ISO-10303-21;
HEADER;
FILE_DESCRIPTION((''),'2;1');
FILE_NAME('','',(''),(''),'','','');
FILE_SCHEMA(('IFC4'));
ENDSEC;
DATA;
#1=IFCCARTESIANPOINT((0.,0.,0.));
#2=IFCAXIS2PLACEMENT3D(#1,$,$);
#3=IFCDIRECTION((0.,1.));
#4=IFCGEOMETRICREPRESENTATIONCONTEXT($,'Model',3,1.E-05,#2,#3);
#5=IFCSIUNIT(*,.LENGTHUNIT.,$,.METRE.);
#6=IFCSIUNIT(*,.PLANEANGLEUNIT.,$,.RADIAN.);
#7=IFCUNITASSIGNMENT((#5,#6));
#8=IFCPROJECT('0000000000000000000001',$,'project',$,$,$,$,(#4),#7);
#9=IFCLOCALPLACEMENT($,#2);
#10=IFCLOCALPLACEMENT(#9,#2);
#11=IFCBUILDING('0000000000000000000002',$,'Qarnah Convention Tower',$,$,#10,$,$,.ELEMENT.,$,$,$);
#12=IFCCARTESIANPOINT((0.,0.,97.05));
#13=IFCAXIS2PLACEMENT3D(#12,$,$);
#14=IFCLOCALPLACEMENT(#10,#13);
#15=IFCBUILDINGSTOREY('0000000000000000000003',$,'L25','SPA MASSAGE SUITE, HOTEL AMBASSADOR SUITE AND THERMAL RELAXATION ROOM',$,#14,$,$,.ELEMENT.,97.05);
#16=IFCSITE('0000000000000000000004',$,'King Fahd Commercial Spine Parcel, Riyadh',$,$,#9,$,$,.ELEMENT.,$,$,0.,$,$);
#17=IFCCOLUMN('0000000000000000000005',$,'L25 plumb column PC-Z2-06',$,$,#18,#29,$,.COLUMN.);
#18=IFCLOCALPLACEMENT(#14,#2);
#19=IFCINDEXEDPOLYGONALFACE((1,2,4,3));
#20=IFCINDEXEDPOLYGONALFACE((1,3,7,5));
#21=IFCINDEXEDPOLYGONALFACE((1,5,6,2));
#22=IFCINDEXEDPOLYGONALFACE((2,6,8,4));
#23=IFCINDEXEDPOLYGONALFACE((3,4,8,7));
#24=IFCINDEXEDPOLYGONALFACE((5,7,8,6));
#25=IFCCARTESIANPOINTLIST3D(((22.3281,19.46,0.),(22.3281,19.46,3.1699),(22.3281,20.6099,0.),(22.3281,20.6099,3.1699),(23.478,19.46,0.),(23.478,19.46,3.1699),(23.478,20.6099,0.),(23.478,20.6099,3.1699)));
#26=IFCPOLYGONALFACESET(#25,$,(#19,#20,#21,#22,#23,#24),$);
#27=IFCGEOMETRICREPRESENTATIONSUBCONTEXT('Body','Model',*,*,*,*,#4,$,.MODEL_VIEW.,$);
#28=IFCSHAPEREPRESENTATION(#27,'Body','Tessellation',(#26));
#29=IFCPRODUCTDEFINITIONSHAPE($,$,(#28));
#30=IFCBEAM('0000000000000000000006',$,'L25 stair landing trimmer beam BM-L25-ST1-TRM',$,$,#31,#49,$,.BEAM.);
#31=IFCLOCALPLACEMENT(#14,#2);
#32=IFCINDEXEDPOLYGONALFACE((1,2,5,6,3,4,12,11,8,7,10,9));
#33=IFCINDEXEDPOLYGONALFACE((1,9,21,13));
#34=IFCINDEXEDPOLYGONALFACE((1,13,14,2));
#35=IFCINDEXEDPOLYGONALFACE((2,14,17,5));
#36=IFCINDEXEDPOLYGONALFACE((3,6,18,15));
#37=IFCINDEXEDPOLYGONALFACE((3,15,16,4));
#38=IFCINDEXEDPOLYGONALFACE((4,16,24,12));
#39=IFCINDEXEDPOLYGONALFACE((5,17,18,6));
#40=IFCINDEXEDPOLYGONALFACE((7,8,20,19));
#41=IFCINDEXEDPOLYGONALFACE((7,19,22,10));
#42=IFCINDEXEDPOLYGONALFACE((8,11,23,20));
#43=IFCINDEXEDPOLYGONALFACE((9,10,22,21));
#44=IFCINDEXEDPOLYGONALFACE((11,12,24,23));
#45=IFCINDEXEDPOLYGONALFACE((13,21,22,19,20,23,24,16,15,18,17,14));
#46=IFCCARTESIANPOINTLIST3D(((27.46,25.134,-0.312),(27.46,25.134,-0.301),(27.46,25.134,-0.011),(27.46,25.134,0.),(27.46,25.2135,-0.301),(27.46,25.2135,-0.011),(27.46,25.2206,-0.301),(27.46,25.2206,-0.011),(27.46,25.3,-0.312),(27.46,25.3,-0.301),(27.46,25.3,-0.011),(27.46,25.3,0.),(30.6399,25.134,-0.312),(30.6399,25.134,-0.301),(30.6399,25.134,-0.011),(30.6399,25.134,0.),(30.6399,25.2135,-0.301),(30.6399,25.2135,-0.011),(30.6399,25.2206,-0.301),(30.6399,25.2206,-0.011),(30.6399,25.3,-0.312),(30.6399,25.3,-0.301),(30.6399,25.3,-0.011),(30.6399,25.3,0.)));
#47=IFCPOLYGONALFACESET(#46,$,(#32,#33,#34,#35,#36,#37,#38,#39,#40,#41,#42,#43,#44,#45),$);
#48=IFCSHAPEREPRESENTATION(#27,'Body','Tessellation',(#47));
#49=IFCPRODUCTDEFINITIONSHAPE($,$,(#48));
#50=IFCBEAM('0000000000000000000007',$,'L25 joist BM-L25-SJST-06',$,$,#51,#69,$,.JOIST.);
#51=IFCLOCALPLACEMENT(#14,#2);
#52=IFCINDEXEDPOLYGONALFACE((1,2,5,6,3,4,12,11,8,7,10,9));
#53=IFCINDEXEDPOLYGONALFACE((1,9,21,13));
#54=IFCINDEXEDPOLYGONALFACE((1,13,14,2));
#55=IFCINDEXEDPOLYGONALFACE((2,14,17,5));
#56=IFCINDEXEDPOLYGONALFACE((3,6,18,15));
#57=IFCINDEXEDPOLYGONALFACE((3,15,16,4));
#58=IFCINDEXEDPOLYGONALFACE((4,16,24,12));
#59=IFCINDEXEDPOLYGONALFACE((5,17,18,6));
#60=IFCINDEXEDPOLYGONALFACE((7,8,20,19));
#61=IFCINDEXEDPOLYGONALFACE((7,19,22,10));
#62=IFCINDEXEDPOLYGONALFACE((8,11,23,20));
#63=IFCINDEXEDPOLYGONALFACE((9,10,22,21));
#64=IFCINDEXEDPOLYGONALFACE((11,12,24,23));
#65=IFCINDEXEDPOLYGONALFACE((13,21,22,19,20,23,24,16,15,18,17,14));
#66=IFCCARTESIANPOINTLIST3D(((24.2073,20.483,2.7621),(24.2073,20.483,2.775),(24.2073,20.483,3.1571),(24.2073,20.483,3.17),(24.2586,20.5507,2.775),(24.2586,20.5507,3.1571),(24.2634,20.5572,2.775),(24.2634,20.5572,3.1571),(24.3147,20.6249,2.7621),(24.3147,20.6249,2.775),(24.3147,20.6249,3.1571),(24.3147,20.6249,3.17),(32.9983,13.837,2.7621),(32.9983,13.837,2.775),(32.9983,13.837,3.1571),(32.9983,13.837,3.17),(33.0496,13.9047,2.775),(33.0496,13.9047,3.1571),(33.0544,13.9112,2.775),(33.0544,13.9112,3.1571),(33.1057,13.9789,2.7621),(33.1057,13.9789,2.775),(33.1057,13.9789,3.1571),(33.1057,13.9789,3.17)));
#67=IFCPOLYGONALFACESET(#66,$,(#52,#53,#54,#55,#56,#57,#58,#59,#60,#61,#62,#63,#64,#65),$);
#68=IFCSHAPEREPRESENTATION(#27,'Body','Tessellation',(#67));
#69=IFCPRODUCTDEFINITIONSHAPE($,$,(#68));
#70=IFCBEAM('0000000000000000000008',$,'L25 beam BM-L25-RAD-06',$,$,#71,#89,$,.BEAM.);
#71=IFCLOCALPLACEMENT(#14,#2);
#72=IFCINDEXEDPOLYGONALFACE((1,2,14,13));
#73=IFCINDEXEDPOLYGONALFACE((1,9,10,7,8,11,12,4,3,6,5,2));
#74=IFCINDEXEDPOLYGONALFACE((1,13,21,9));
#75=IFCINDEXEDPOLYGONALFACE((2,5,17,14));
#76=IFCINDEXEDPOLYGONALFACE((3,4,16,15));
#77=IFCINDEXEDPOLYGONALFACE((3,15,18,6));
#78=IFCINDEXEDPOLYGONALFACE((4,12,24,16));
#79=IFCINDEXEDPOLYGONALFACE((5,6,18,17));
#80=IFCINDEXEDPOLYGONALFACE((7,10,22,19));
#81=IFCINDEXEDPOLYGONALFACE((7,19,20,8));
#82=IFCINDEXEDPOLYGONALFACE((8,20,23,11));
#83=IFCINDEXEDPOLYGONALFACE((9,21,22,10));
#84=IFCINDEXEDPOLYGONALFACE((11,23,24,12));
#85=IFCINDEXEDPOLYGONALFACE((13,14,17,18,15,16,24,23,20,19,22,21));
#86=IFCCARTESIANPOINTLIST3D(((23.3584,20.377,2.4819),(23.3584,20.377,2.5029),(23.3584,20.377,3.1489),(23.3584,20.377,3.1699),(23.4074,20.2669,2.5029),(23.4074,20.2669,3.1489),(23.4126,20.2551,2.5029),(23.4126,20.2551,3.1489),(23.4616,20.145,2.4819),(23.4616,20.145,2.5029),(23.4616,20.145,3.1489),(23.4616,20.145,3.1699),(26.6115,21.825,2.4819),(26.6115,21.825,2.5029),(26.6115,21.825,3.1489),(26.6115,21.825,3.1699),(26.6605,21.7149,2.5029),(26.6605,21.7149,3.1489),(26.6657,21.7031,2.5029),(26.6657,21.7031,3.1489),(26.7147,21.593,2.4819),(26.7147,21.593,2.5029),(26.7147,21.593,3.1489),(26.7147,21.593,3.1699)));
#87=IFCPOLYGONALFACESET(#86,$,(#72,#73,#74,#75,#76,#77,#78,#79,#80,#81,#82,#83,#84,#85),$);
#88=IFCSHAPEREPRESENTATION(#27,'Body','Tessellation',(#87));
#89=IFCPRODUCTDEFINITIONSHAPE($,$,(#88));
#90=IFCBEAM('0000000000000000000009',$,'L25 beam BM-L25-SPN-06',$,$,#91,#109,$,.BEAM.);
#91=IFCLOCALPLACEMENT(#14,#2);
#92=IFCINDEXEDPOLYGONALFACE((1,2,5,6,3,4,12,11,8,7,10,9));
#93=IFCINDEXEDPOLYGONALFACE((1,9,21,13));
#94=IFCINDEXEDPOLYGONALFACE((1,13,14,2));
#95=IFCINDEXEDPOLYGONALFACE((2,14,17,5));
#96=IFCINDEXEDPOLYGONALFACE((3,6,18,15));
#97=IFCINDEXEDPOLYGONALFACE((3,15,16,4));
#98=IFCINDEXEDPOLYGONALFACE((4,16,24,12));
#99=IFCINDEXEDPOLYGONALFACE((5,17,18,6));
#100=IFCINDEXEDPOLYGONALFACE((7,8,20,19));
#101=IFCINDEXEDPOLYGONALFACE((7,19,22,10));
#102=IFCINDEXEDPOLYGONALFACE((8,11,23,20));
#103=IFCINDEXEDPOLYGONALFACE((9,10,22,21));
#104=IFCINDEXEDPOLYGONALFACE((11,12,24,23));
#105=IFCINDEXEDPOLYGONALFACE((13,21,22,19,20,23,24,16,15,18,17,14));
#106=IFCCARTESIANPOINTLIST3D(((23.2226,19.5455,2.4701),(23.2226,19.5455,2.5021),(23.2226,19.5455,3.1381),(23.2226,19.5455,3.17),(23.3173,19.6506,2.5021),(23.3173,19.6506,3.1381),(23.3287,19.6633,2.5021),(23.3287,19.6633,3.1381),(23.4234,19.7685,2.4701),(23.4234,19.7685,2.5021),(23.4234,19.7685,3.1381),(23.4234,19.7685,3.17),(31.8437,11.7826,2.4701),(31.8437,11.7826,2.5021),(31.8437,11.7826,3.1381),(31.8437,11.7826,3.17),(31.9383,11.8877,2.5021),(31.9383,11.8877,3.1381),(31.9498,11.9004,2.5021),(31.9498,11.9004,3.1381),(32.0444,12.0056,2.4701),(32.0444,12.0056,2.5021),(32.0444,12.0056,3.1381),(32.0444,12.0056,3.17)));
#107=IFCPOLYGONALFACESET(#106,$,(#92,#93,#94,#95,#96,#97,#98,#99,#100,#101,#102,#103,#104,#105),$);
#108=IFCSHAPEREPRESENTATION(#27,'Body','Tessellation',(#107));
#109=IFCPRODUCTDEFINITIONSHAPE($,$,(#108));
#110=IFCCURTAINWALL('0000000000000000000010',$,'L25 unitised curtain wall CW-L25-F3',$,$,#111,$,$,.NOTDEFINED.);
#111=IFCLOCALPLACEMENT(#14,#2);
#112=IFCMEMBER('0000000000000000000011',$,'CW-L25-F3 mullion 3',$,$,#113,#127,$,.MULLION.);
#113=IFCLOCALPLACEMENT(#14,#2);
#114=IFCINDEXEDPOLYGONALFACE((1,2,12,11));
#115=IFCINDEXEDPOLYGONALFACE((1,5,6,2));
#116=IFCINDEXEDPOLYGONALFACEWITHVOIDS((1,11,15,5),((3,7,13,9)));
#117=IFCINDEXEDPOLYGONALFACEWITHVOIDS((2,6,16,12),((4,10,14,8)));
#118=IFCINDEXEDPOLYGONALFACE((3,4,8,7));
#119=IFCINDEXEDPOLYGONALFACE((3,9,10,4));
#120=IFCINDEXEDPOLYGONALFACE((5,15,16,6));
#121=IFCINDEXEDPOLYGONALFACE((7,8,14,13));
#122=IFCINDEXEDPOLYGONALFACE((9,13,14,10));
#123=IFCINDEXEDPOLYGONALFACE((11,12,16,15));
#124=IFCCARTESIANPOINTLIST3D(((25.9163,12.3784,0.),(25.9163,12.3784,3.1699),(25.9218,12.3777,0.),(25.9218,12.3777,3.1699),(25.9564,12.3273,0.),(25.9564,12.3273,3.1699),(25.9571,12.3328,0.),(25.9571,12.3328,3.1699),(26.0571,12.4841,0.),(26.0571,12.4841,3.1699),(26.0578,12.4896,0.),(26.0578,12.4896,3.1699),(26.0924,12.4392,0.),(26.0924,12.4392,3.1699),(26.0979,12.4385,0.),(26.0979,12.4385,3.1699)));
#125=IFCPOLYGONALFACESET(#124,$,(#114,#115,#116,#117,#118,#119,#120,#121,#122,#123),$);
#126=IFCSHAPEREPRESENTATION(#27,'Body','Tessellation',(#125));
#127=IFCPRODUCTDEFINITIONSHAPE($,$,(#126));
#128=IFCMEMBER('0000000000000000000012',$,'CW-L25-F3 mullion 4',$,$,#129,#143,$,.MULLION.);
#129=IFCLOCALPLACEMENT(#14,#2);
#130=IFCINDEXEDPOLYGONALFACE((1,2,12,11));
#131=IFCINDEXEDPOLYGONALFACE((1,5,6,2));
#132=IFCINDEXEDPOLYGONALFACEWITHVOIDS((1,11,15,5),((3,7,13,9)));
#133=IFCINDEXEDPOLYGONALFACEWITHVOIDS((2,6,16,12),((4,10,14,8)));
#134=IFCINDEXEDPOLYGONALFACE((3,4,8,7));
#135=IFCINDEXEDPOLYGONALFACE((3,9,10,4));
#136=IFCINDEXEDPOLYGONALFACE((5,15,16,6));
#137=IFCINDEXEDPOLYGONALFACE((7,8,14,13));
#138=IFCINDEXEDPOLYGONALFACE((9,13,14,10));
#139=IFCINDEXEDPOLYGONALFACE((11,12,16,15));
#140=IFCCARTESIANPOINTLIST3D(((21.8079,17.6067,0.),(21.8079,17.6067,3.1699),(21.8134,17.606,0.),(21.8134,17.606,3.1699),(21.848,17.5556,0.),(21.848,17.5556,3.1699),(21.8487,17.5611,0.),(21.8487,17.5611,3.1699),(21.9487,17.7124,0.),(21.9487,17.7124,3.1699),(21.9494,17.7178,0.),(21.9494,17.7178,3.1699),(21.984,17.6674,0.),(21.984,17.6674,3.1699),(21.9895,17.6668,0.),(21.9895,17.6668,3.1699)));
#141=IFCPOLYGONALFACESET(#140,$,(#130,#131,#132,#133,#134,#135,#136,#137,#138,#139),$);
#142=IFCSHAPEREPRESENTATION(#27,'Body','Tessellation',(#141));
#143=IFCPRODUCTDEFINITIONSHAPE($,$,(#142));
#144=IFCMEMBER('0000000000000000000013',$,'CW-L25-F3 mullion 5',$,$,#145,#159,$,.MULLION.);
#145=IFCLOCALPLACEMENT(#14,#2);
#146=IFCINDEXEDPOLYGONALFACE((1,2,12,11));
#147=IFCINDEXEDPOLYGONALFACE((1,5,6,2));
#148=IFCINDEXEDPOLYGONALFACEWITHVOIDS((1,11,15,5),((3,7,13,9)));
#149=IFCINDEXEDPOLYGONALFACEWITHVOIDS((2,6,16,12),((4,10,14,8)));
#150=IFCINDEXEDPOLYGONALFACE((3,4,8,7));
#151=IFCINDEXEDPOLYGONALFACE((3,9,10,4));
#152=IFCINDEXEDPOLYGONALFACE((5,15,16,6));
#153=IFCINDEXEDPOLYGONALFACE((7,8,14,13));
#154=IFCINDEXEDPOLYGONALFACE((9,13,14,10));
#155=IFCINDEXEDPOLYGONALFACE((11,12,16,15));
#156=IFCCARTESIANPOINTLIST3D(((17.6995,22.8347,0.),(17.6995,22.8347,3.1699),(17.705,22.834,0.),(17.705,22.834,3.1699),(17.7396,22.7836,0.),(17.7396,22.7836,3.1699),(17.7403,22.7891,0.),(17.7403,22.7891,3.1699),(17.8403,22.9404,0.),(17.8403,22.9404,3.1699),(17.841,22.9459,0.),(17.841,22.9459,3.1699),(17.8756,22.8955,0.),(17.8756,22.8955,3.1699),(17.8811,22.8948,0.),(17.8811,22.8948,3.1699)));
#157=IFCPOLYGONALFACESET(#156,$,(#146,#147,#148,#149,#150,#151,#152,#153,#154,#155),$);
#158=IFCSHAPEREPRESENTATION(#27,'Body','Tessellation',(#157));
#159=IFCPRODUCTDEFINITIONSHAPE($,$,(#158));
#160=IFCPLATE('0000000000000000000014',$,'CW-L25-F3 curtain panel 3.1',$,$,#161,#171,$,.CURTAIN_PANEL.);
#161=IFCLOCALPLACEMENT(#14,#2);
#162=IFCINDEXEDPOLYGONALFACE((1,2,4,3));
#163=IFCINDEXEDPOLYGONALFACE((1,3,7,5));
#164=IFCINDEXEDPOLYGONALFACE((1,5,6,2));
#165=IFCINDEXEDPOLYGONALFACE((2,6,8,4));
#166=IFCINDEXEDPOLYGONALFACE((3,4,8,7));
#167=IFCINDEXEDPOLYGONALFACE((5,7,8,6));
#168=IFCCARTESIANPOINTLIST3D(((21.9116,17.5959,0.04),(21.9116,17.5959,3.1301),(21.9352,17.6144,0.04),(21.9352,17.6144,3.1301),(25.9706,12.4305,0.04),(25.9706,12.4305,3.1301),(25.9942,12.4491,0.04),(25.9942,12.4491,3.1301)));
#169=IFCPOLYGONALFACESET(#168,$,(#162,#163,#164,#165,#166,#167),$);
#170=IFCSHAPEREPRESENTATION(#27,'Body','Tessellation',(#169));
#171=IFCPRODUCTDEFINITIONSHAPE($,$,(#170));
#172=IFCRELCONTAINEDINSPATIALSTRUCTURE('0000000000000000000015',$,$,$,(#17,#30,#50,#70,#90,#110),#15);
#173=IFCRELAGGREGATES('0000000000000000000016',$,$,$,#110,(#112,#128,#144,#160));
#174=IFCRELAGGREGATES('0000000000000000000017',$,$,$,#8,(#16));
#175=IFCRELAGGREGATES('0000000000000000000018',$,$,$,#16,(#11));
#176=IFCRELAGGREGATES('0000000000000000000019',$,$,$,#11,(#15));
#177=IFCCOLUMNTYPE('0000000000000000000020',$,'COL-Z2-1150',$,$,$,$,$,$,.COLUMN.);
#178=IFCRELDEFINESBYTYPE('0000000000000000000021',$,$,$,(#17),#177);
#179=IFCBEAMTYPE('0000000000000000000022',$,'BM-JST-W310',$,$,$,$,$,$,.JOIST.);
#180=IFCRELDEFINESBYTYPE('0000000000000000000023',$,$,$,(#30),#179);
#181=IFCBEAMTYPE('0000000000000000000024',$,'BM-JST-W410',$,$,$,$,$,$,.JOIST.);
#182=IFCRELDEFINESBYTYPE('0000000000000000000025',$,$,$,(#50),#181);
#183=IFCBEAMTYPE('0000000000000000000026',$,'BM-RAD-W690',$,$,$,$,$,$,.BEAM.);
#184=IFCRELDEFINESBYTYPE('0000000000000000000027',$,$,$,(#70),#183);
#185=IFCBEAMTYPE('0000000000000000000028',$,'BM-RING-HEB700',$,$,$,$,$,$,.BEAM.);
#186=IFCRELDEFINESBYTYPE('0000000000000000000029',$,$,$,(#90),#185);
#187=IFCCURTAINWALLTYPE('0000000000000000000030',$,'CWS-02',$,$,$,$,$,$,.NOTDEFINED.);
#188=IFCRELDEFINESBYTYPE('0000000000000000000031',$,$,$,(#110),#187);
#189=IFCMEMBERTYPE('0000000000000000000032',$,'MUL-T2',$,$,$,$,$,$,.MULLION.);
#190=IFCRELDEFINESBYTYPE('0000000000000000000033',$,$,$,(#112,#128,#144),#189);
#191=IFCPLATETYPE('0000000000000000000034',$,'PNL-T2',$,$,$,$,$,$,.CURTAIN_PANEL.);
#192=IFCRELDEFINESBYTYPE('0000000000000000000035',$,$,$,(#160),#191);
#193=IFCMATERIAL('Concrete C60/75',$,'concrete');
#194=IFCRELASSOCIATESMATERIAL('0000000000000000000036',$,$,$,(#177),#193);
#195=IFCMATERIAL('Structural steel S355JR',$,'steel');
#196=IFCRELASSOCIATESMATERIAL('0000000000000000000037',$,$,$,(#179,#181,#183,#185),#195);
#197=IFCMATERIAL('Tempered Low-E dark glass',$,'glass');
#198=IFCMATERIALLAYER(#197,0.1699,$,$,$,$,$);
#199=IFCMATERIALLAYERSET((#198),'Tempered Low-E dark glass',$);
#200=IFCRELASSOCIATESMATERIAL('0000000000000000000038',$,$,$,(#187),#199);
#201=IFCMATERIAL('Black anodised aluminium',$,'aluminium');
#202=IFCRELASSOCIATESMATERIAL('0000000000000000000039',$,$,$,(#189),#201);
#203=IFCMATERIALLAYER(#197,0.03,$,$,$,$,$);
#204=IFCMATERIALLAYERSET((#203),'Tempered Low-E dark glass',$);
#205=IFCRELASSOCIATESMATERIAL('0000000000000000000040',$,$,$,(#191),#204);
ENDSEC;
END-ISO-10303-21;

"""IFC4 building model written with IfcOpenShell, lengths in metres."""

from ifc_helpers import new_model, si_unit, direction, frame, origin, origin_2d, place, context, subcontext, project, spatial, rectangle, hollow_rectangle, i_section, extrude, material, layer, layer_set, material_profile, profile_set, type_object, element, aggregate, save


model = new_model("IFC4")

# Units and contexts
model_context = context("Model", 3, precision=1e-05, world=origin(), true_north=direction((0.0, 1.0)))
body_context = subcontext(model_context, "Body", "Model", "MODEL_VIEW")
ifc_project = project(units=[si_unit("LENGTHUNIT", "METRE"), si_unit("PLANEANGLEUNIT", "RADIAN")], contexts=[model_context])

# Site, building, storey
site_placement = place(None, origin())
site = spatial("IfcSite", under=ifc_project, at=site_placement, Name="King Fahd Commercial Spine Parcel, Riyadh", CompositionType="ELEMENT", RefElevation=0.0)
building_placement = place(site_placement, origin())
building = spatial("IfcBuilding", under=site, at=building_placement, Name="Qarnah Convention Tower", CompositionType="ELEMENT")
storey_placement = place(building_placement, frame((0.0, 0.0, 97.05)))
storey = spatial("IfcBuildingStorey", under=building, at=storey_placement, Name="L25", Description="SPA MASSAGE SUITE, HOTEL AMBASSADOR SUITE AND THERMAL RELAXATION ROOM", CompositionType="ELEMENT", Elevation=97.05)

# Column
ifc_material_1 = material(Name="Concrete C60/75", Category="concrete")
ifc_material_profile_1 = material_profile(ifc_material_1, rectangle(XDim=1.1499, YDim=1.1499, at=origin_2d()), Name="RC-COL-1150X1150")
ifc_profile_set_1 = profile_set([ifc_material_profile_1], Name="Concrete C60/75")
column_type = type_object("IfcColumnType", Name="COL-Z2-1150", PredefinedType="COLUMN", material=ifc_profile_set_1)
column_placement = place(storey_placement, frame((22.9031, 20.0349, 0.0), z_axis=(0.0, 0.0, 1.0), x_axis=(1.0, 0.0, 0.0)))
element("IfcColumn", 1, at=column_placement, inside=storey, type_object=column_type, Name="L25 plumb column PC-Z2-06", PredefinedType="COLUMN", context=body_context, shape_type="SweptSolid", body=[
    extrude(rectangle(XDim=1.1499, YDim=1.1499, at=origin_2d()), origin(), (0.0, 0.0, 1.0), 3.1699),
])

# Beams
ifc_material_2 = material(Name="Structural steel S355JR", Category="steel")
ifc_material_profile_2 = material_profile(ifc_material_2, i_section(OverallWidth=0.166, OverallDepth=0.312, WebThickness=0.0071, FlangeThickness=0.011, at=origin_2d()), Name="W310X45")
ifc_profile_set_2 = profile_set([ifc_material_profile_2], Name="Structural steel S355JR")
beam_type_1 = type_object("IfcBeamType", Name="BM-JST-W310", PredefinedType="JOIST", material=ifc_profile_set_2)
beam_1_placement = place(storey_placement, frame((27.46, 25.217, -0.156), z_axis=(1.0, 0.0, 0.0), x_axis=(0.0, 1.0, 0.0)))
element("IfcBeam", 2, at=beam_1_placement, inside=storey, type_object=beam_type_1, Name="L25 stair landing trimmer beam BM-L25-ST1-TRM", PredefinedType="BEAM", context=body_context, shape_type="SweptSolid", body=[
    extrude(i_section(OverallWidth=0.166, OverallDepth=0.312, WebThickness=0.0071, FlangeThickness=0.011, at=origin_2d()), origin(), (0.0, 0.0, 1.0), 3.1799),
])
ifc_material_profile_3 = material_profile(ifc_material_2, i_section(OverallWidth=0.178, OverallDepth=0.408, WebThickness=0.0081, FlangeThickness=0.0129, at=origin_2d()), Name="W410X60")
ifc_profile_set_3 = profile_set([ifc_material_profile_3], Name="Structural steel S355JR")
beam_type_2 = type_object("IfcBeamType", Name="BM-JST-W410", PredefinedType="JOIST", material=ifc_profile_set_3)
beam_2_placement = place(storey_placement, frame((24.261, 20.554, 2.9661), z_axis=(0.797697, -0.603058, 0.0), x_axis=(0.603058, 0.797697, 0.0)))
element("IfcBeam", 3, at=beam_2_placement, inside=storey, type_object=beam_type_2, Name="L25 joist BM-L25-SJST-06", PredefinedType="JOIST", context=body_context, shape_type="SweptSolid", body=[
    extrude(i_section(OverallWidth=0.178, OverallDepth=0.408, WebThickness=0.0081, FlangeThickness=0.0129, at=origin_2d()), origin(), (0.0, 0.0, 1.0), 11.0205),
])
ifc_material_profile_4 = material_profile(ifc_material_2, i_section(OverallWidth=0.2539, OverallDepth=0.688, WebThickness=0.0129, FlangeThickness=0.021, at=origin_2d()), Name="W690X152")
ifc_profile_set_4 = profile_set([ifc_material_profile_4], Name="Structural steel S355JR")
beam_type_3 = type_object("IfcBeamType", Name="BM-RAD-W690", PredefinedType="BEAM", material=ifc_profile_set_4)
beam_3_placement = place(storey_placement, frame((26.6631, 21.709, 2.8259), z_axis=(-0.913588, -0.406641, 0.0), x_axis=(0.406641, -0.913588, 0.0)))
element("IfcBeam", 4, at=beam_3_placement, inside=storey, type_object=beam_type_3, Name="L25 beam BM-L25-RAD-06", PredefinedType="BEAM", context=body_context, shape_type="SweptSolid", body=[
    extrude(i_section(OverallWidth=0.2539, OverallDepth=0.688, WebThickness=0.0129, FlangeThickness=0.021, at=origin_2d()), origin(), (0.0, 0.0, 1.0), 3.5608),
])
ifc_material_profile_5 = material_profile(ifc_material_2, i_section(OverallWidth=0.3, OverallDepth=0.7, WebThickness=0.0171, FlangeThickness=0.032, at=origin_2d()), Name="HEB700")
ifc_profile_set_5 = profile_set([ifc_material_profile_5], Name="Structural steel S355JR")
beam_type_4 = type_object("IfcBeamType", Name="BM-RING-HEB700", PredefinedType="BEAM", material=ifc_profile_set_5)
beam_4_placement = place(storey_placement, frame((23.323, 19.657, 2.8201), z_axis=(0.743125, -0.669153, 0.0), x_axis=(0.669153, 0.743125, 0.0)))
element("IfcBeam", 5, at=beam_4_placement, inside=storey, type_object=beam_type_4, Name="L25 beam BM-L25-SPN-06", PredefinedType="BEAM", context=body_context, shape_type="SweptSolid", body=[
    extrude(i_section(OverallWidth=0.3, OverallDepth=0.7, WebThickness=0.0171, FlangeThickness=0.032, at=origin_2d()), origin(), (0.0, 0.0, 1.0), 11.6011),
])

# Curtain wall, members, plate
ifc_material_3 = material(Name="Tempered Low-E dark glass", Category="glass")
ifc_layer_1 = layer(ifc_material_3, 0.1699)
ifc_layer_set_1 = layer_set([ifc_layer_1], Name="Tempered Low-E dark glass")
curtain_wall_type = type_object("IfcCurtainWallType", Name="CWS-02", PredefinedType="NOTDEFINED", material=ifc_layer_set_1)
curtain_wall_placement = place(storey_placement, origin())
curtain_wall = element("IfcCurtainWall", 6, at=curtain_wall_placement, inside=storey, type_object=curtain_wall_type, Name="L25 unitised curtain wall CW-L25-F3", PredefinedType="NOTDEFINED")
ifc_material_4 = material(Name="Black anodised aluminium", Category="aluminium")
ifc_material_profile_6 = material_profile(ifc_material_4, hollow_rectangle(XDim=0.0649, YDim=0.1799, WallThickness=0.0039, at=origin_2d()), Name="MUL-65X180")
ifc_profile_set_6 = profile_set([ifc_material_profile_6], Name="Black anodised aluminium")
member_type = type_object("IfcMemberType", Name="MUL-T2", PredefinedType="MULLION", material=ifc_profile_set_6)
member_1_placement = place(storey_placement, frame((26.0071, 12.4084, 0.0), z_axis=(0.0, 0.0, 1.0), x_axis=(-0.617871, 0.78628, 0.0)))
member_1 = element("IfcMember", 7, at=member_1_placement, type_object=member_type, Name="CW-L25-F3 mullion 3", PredefinedType="MULLION", context=body_context, shape_type="SweptSolid", body=[
    extrude(hollow_rectangle(XDim=0.0649, YDim=0.1799, WallThickness=0.0039, at=origin_2d()), origin(), (0.0, 0.0, 1.0), 3.1699),
])
member_2_placement = place(storey_placement, frame((21.8987, 17.6367, 0.0), z_axis=(0.0, 0.0, 1.0), x_axis=(-0.617871, 0.78628, 0.0)))
member_2 = element("IfcMember", 8, at=member_2_placement, type_object=member_type, Name="CW-L25-F3 mullion 4", PredefinedType="MULLION", context=body_context, shape_type="SweptSolid", body=[
    extrude(hollow_rectangle(XDim=0.0649, YDim=0.1799, WallThickness=0.0039, at=origin_2d()), origin(), (0.0, 0.0, 1.0), 3.1699),
])
member_3_placement = place(storey_placement, frame((17.7903, 22.8647, 0.0), z_axis=(0.0, 0.0, 1.0), x_axis=(-0.617871, 0.78628, 0.0)))
member_3 = element("IfcMember", 9, at=member_3_placement, type_object=member_type, Name="CW-L25-F3 mullion 5", PredefinedType="MULLION", context=body_context, shape_type="SweptSolid", body=[
    extrude(hollow_rectangle(XDim=0.0649, YDim=0.1799, WallThickness=0.0039, at=origin_2d()), origin(), (0.0, 0.0, 1.0), 3.1699),
])
ifc_layer_2 = layer(ifc_material_3, 0.03)
ifc_layer_set_2 = layer_set([ifc_layer_2], Name="Tempered Low-E dark glass")
plate_type = type_object("IfcPlateType", Name="PNL-T2", PredefinedType="CURTAIN_PANEL", material=ifc_layer_set_2)
plate_1_placement = place(storey_placement, frame((23.9529, 15.0225, 0.04), z_axis=(0.0, 0.0, 1.0), x_axis=(-0.617871, 0.78628, 0.0)))
plate_1 = element("IfcPlate", 10, at=plate_1_placement, type_object=plate_type, Name="CW-L25-F3 curtain panel 3.1", PredefinedType="CURTAIN_PANEL", context=body_context, shape_type="SweptSolid", body=[
    extrude(rectangle(XDim=6.5693, YDim=0.03, at=origin_2d()), origin(), (0.0, 0.0, 1.0), 3.0901),
])
aggregate(curtain_wall, [member_1, member_2, member_3, plate_1])

save(model, "model.ifc")
